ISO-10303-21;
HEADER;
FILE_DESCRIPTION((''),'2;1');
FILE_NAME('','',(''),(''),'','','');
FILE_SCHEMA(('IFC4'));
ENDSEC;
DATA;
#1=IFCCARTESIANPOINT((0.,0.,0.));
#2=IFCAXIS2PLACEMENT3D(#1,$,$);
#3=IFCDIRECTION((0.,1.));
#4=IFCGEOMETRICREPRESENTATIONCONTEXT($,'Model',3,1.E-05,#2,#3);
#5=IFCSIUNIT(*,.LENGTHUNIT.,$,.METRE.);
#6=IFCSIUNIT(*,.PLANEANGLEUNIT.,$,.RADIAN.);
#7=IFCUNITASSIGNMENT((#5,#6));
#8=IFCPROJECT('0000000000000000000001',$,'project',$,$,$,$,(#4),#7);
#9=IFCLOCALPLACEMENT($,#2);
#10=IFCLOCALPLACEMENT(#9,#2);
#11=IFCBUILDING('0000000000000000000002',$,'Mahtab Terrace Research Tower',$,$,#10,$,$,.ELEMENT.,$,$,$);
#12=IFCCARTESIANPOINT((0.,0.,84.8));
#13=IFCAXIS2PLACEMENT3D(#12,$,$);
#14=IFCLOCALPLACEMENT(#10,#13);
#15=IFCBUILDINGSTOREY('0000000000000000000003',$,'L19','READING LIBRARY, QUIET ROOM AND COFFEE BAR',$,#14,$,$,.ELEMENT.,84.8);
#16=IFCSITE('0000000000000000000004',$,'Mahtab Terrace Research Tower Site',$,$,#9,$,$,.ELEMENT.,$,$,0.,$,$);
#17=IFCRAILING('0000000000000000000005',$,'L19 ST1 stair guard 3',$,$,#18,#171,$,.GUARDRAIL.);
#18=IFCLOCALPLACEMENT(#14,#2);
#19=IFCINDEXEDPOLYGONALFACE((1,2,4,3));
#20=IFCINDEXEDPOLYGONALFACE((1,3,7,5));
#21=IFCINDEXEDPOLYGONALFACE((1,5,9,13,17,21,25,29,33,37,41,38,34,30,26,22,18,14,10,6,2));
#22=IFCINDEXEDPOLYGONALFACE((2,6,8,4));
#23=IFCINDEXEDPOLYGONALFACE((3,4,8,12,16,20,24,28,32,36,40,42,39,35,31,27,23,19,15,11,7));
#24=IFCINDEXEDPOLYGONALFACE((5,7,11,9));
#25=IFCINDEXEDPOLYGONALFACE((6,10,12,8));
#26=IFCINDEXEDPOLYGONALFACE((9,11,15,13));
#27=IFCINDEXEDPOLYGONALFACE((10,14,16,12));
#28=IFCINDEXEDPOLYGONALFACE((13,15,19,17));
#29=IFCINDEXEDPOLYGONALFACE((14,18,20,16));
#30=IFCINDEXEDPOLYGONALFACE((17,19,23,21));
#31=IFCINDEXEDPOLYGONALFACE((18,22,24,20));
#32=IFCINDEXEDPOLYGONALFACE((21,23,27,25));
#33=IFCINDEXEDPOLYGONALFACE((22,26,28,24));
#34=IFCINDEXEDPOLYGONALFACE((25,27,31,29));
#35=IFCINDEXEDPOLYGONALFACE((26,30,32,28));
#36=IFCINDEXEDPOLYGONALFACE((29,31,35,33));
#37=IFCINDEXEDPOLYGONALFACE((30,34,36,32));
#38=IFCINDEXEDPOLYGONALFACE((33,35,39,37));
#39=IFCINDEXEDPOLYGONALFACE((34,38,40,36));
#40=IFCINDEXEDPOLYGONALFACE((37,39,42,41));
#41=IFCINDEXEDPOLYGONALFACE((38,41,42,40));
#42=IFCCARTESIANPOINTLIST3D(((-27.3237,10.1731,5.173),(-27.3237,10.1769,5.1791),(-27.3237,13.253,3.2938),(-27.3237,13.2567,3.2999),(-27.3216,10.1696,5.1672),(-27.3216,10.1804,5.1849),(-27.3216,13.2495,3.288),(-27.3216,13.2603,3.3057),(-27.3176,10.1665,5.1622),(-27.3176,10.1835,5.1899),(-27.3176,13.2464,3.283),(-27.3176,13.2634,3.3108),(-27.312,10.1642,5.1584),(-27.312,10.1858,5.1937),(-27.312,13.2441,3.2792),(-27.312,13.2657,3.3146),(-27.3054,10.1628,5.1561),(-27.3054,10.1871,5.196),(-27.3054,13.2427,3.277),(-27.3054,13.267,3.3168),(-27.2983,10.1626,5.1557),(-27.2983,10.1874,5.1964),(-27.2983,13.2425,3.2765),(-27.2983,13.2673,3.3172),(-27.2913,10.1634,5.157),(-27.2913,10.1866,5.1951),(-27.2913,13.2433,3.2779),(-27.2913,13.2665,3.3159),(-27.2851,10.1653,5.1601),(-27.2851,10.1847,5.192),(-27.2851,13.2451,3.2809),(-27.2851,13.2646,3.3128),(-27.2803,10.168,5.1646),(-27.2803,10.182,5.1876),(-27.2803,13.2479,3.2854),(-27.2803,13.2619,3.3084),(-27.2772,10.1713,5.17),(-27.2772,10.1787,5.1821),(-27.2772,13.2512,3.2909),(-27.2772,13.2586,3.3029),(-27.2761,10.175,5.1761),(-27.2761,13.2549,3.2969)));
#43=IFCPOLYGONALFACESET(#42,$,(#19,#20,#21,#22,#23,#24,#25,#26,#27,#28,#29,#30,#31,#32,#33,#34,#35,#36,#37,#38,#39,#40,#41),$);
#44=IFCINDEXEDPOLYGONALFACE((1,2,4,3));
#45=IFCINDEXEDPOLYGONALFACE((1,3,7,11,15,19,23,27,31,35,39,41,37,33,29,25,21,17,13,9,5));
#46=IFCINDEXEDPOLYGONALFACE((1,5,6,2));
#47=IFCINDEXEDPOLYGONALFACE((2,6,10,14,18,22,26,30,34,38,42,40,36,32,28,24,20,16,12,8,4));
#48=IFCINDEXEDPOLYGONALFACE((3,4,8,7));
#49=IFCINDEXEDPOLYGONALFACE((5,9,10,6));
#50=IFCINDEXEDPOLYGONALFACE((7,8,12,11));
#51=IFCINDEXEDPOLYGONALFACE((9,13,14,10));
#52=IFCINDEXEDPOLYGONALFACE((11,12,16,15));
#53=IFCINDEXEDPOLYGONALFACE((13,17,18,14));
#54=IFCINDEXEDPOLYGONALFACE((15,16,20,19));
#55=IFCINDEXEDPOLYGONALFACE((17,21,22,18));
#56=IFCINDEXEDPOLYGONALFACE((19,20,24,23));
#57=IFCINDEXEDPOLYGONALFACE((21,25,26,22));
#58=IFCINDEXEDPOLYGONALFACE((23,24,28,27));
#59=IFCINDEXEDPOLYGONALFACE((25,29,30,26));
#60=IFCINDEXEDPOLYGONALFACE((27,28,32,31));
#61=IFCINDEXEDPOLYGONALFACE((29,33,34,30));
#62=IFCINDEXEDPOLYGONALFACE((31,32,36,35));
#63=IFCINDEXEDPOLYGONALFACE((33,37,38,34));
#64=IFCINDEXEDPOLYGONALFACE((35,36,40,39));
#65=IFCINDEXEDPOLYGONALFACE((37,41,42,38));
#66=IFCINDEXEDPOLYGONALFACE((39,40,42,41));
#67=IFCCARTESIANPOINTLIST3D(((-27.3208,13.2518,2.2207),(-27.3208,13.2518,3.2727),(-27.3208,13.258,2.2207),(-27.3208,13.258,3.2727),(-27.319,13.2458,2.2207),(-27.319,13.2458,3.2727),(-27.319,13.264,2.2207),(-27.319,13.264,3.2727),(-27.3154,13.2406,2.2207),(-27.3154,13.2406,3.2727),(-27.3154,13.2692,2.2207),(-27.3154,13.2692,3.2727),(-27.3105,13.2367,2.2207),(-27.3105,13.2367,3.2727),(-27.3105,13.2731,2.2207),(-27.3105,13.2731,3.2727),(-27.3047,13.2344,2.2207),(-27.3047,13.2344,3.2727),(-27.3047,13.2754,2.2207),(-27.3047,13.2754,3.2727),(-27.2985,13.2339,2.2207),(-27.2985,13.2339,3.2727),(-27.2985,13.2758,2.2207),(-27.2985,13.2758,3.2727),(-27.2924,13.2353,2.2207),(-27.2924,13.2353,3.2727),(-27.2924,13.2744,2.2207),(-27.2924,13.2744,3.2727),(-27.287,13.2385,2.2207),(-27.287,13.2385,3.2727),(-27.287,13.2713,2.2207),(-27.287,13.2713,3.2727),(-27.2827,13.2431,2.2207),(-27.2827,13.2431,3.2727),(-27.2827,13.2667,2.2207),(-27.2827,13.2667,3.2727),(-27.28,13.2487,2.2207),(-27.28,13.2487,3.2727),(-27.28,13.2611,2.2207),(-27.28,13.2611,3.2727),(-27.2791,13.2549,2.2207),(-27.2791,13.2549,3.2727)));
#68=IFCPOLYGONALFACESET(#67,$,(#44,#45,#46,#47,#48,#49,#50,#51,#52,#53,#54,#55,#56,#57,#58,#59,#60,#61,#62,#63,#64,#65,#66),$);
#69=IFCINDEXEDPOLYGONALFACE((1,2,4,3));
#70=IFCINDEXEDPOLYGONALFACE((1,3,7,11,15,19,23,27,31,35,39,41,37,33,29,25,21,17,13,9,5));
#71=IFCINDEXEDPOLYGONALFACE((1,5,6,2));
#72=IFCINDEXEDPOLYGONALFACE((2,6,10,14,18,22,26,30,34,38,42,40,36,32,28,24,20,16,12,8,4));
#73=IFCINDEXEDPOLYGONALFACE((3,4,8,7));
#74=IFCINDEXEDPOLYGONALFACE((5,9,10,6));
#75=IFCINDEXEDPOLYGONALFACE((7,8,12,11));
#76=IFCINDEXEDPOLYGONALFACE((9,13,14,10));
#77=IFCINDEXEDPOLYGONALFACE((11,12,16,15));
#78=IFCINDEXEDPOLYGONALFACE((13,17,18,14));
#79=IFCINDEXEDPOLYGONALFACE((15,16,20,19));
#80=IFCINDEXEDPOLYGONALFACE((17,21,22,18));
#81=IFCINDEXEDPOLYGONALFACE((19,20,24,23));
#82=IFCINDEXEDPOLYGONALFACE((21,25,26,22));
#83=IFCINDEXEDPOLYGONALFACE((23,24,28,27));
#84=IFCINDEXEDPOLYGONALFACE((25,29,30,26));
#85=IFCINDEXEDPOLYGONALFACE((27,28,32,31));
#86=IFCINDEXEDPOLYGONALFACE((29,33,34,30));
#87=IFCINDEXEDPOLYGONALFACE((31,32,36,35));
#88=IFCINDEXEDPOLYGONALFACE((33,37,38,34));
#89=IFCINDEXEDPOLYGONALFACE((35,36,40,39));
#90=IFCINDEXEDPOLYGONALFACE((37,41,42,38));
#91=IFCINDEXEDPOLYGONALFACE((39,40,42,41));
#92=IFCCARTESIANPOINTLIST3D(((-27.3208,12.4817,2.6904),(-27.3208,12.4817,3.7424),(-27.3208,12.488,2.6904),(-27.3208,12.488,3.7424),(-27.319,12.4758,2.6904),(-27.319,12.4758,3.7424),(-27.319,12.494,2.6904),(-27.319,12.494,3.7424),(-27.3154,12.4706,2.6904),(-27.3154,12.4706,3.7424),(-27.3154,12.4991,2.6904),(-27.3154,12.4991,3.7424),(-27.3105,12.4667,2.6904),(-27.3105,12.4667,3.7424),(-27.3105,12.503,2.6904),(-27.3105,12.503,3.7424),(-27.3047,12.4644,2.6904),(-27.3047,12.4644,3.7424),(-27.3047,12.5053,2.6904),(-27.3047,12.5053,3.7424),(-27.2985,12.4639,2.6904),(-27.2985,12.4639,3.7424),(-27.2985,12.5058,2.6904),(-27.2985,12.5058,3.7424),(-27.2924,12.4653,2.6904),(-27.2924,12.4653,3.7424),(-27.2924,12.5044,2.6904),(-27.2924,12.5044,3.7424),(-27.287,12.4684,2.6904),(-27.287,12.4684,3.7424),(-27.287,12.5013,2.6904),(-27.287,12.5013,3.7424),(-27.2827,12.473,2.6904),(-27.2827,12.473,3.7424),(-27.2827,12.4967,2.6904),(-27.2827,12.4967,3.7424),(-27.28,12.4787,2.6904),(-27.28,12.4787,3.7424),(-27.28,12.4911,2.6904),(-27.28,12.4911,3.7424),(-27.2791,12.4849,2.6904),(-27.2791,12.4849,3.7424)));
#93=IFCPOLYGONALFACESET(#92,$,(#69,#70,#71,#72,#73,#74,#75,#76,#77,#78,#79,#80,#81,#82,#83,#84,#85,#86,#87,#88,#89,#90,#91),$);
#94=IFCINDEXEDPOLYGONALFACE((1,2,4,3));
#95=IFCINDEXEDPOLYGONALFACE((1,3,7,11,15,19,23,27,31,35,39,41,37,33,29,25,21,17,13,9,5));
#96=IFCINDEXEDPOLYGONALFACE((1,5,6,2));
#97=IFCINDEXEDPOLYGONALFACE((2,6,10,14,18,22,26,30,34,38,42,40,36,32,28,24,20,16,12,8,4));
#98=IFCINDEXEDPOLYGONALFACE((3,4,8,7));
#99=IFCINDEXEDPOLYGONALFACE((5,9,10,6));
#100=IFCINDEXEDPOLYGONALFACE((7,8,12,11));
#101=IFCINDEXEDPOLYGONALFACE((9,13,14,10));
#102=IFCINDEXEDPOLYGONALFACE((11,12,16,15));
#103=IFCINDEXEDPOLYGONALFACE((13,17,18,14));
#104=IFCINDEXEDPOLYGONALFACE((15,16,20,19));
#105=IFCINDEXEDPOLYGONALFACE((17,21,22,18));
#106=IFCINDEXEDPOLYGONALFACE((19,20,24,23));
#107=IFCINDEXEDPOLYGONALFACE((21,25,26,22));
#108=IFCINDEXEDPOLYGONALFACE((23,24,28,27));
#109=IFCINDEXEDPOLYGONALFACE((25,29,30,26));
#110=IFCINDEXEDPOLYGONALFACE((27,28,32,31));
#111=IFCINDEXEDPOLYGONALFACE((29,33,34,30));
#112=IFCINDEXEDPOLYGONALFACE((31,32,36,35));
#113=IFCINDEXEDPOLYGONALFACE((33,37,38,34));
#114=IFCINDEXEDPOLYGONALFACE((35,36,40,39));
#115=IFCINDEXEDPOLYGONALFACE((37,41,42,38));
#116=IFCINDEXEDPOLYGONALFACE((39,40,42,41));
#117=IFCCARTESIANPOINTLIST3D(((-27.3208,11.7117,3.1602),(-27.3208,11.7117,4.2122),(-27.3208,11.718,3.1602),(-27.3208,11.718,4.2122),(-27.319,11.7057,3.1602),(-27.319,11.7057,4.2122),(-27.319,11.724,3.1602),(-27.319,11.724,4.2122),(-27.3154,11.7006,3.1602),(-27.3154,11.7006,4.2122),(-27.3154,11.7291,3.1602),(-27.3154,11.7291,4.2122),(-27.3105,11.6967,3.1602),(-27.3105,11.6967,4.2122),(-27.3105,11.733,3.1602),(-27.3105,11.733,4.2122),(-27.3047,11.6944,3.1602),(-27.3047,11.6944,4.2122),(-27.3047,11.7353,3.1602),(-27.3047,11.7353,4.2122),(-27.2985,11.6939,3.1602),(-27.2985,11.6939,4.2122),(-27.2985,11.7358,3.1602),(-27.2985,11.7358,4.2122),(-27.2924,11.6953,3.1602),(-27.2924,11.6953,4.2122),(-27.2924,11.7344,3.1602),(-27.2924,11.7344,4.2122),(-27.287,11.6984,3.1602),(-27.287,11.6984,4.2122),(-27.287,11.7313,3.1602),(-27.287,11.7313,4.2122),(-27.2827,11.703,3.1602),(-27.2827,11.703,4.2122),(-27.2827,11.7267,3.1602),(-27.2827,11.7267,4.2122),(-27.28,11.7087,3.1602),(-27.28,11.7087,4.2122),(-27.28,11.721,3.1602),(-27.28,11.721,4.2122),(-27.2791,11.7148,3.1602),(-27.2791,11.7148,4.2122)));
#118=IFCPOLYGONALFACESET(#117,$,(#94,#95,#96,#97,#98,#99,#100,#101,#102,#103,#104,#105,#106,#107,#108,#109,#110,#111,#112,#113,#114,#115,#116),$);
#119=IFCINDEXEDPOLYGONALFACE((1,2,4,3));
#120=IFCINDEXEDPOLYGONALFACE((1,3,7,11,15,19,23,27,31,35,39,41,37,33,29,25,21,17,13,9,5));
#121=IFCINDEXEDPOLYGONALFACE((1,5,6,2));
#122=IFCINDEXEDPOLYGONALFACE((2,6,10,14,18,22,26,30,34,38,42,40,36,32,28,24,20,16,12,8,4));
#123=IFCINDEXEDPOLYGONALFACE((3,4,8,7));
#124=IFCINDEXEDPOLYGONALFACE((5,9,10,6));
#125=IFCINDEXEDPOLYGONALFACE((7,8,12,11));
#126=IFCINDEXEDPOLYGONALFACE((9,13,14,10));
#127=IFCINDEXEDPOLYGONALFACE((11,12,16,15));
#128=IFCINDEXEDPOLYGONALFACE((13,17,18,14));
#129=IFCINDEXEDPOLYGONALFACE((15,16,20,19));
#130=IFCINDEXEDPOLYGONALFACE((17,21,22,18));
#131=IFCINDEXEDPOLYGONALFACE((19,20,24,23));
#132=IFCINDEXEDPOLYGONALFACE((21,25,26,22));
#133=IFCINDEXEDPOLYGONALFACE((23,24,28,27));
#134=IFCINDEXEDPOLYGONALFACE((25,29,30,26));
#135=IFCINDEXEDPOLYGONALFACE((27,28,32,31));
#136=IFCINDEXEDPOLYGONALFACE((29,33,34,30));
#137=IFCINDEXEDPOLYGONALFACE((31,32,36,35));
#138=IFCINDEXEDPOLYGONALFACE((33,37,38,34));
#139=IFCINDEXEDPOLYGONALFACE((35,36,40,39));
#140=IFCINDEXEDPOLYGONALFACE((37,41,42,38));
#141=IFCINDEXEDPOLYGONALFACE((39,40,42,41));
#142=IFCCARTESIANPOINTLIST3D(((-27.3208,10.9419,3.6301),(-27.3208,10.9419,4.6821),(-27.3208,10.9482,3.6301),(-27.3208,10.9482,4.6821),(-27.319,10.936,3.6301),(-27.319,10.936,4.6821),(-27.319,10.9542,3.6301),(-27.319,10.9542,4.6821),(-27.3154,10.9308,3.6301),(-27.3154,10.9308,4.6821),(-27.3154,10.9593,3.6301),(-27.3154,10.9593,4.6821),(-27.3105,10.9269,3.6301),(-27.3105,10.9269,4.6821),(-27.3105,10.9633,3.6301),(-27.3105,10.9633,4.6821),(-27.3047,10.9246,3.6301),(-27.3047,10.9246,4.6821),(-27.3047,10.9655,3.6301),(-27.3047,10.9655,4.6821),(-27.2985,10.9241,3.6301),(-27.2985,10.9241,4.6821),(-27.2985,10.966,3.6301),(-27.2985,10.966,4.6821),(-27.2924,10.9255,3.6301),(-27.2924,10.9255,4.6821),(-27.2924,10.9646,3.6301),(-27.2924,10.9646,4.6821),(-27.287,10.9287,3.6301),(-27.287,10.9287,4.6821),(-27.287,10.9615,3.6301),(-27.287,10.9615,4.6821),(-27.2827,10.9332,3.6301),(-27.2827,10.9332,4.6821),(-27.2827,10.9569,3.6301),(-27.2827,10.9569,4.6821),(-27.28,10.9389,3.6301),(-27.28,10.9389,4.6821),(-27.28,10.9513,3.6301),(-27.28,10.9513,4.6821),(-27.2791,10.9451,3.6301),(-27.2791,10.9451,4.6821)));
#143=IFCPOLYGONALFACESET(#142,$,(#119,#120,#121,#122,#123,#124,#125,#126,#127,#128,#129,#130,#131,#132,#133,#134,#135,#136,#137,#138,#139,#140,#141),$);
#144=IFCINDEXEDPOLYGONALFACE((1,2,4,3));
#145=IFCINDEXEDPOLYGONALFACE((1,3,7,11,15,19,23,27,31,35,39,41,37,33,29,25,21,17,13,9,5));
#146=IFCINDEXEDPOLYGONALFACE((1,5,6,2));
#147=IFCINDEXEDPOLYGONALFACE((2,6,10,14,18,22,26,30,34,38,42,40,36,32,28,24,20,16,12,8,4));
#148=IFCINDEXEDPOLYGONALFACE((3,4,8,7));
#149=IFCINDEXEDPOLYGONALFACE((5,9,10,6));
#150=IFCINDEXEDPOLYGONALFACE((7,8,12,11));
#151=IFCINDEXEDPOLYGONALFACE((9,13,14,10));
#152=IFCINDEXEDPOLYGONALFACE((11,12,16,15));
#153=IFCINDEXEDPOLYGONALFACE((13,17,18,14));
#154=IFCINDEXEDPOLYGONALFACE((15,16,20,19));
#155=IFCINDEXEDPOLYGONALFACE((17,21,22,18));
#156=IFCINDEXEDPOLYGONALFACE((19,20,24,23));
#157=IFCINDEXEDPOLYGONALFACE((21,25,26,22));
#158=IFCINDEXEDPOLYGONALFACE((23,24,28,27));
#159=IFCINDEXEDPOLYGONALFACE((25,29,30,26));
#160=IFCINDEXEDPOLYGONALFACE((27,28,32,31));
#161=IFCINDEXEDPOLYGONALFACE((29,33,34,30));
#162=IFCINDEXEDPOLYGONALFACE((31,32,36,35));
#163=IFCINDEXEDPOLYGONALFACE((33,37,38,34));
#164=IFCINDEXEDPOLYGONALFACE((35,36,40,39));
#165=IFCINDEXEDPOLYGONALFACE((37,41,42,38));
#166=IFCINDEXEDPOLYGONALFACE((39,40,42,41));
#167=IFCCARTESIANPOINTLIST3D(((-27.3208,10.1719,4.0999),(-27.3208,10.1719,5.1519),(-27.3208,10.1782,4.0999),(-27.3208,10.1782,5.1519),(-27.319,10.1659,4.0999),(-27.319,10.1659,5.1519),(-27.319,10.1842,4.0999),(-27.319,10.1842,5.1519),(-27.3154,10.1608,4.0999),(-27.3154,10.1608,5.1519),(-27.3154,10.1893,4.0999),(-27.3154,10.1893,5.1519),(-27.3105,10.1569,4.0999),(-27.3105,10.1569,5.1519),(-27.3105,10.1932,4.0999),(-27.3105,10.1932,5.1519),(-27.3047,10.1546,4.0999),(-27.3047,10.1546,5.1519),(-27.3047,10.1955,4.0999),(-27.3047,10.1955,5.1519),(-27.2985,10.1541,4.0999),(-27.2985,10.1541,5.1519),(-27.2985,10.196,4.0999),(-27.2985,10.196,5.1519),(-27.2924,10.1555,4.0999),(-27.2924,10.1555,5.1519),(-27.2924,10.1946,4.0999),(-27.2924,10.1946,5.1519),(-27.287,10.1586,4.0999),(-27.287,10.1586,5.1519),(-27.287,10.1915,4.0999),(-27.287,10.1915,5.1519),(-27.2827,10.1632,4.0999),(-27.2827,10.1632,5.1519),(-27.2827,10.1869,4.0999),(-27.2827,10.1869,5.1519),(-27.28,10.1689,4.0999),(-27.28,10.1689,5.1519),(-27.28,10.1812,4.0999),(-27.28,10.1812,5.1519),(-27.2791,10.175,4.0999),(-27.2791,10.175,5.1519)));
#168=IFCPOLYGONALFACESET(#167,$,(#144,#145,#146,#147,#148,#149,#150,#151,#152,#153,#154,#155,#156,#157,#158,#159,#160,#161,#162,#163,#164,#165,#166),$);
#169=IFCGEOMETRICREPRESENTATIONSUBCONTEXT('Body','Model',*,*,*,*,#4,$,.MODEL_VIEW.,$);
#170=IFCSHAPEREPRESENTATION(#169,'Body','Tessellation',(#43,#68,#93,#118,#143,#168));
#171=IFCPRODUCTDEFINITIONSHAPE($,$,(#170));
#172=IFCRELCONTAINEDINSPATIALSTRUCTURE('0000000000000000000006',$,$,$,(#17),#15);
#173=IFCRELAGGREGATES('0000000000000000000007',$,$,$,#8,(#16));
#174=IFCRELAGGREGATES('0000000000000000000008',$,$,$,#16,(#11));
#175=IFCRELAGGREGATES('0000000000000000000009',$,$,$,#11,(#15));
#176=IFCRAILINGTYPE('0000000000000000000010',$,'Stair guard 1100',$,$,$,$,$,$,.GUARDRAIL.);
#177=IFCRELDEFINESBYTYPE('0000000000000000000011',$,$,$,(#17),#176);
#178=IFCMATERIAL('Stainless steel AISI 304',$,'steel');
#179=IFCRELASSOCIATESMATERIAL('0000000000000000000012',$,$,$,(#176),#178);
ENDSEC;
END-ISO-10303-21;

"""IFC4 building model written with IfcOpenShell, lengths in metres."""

from ifc_helpers import new_model, si_unit, direction, frame, origin, origin_2d, place, context, subcontext, project, spatial, circle, extrude, material, type_object, element, save


model = new_model("IFC4")

# Units and contexts
model_context = context("Model", 3, precision=1e-05, world=origin(), true_north=direction((0.0, 1.0)))
body_context = subcontext(model_context, "Body", "Model", "MODEL_VIEW")
ifc_project = project(units=[si_unit("LENGTHUNIT", "METRE"), si_unit("PLANEANGLEUNIT", "RADIAN")], contexts=[model_context])

# Site, building, storey
site_placement = place(None, origin())
site = spatial("IfcSite", under=ifc_project, at=site_placement, Name="Mahtab Terrace Research Tower Site", CompositionType="ELEMENT", RefElevation=0.0)
building_placement = place(site_placement, origin())
building = spatial("IfcBuilding", under=site, at=building_placement, Name="Mahtab Terrace Research Tower", CompositionType="ELEMENT")
storey_placement = place(building_placement, frame((0.0, 0.0, 84.8)))
storey = spatial("IfcBuildingStorey", under=building, at=storey_placement, Name="L19", Description="READING LIBRARY, QUIET ROOM AND COFFEE BAR", CompositionType="ELEMENT", Elevation=84.8)

# Railing
ifc_material_1 = material(Name="Stainless steel AISI 304", Category="steel")
railing_type_1 = type_object("IfcRailingType", Name="Stair guard 1100", PredefinedType="GUARDRAIL", material=ifc_material_1)
railing_1_placement = place(storey_placement, frame((-27.3, 13.2549, 2.2207)))
element("IfcRailing", 1, at=railing_1_placement, inside=storey, type_object=railing_type_1, Name="L19 ST1 stair guard 3", PredefinedType="GUARDRAIL", context=body_context, shape_type="SweptSolid", body=[
    extrude(circle(Radius=0.0239, at=origin_2d()), frame((0.0, 0.0, 1.0762), z_axis=(0.0, -0.853648, 0.52085), x_axis=(1.0, 0.0, 0.0)), (0.0, 0.0, 1.0), 3.6079),
    extrude(circle(Radius=0.021, at=origin_2d()), origin(), (0.0, 0.0, 1.0), 1.052),
    extrude(circle(Radius=0.021, at=origin_2d()), frame((0.0, -0.77, 0.4697)), (0.0, 0.0, 1.0), 1.052),
    extrude(circle(Radius=0.021, at=origin_2d()), frame((0.0, -1.54, 0.9395)), (0.0, 0.0, 1.0), 1.052),
    extrude(circle(Radius=0.021, at=origin_2d()), frame((0.0, -2.3098, 1.4094)), (0.0, 0.0, 1.0), 1.052),
    extrude(circle(Radius=0.021, at=origin_2d()), frame((0.0, -3.0798, 1.8792)), (0.0, 0.0, 1.0), 1.052),
])

save(model, "model.ifc")
